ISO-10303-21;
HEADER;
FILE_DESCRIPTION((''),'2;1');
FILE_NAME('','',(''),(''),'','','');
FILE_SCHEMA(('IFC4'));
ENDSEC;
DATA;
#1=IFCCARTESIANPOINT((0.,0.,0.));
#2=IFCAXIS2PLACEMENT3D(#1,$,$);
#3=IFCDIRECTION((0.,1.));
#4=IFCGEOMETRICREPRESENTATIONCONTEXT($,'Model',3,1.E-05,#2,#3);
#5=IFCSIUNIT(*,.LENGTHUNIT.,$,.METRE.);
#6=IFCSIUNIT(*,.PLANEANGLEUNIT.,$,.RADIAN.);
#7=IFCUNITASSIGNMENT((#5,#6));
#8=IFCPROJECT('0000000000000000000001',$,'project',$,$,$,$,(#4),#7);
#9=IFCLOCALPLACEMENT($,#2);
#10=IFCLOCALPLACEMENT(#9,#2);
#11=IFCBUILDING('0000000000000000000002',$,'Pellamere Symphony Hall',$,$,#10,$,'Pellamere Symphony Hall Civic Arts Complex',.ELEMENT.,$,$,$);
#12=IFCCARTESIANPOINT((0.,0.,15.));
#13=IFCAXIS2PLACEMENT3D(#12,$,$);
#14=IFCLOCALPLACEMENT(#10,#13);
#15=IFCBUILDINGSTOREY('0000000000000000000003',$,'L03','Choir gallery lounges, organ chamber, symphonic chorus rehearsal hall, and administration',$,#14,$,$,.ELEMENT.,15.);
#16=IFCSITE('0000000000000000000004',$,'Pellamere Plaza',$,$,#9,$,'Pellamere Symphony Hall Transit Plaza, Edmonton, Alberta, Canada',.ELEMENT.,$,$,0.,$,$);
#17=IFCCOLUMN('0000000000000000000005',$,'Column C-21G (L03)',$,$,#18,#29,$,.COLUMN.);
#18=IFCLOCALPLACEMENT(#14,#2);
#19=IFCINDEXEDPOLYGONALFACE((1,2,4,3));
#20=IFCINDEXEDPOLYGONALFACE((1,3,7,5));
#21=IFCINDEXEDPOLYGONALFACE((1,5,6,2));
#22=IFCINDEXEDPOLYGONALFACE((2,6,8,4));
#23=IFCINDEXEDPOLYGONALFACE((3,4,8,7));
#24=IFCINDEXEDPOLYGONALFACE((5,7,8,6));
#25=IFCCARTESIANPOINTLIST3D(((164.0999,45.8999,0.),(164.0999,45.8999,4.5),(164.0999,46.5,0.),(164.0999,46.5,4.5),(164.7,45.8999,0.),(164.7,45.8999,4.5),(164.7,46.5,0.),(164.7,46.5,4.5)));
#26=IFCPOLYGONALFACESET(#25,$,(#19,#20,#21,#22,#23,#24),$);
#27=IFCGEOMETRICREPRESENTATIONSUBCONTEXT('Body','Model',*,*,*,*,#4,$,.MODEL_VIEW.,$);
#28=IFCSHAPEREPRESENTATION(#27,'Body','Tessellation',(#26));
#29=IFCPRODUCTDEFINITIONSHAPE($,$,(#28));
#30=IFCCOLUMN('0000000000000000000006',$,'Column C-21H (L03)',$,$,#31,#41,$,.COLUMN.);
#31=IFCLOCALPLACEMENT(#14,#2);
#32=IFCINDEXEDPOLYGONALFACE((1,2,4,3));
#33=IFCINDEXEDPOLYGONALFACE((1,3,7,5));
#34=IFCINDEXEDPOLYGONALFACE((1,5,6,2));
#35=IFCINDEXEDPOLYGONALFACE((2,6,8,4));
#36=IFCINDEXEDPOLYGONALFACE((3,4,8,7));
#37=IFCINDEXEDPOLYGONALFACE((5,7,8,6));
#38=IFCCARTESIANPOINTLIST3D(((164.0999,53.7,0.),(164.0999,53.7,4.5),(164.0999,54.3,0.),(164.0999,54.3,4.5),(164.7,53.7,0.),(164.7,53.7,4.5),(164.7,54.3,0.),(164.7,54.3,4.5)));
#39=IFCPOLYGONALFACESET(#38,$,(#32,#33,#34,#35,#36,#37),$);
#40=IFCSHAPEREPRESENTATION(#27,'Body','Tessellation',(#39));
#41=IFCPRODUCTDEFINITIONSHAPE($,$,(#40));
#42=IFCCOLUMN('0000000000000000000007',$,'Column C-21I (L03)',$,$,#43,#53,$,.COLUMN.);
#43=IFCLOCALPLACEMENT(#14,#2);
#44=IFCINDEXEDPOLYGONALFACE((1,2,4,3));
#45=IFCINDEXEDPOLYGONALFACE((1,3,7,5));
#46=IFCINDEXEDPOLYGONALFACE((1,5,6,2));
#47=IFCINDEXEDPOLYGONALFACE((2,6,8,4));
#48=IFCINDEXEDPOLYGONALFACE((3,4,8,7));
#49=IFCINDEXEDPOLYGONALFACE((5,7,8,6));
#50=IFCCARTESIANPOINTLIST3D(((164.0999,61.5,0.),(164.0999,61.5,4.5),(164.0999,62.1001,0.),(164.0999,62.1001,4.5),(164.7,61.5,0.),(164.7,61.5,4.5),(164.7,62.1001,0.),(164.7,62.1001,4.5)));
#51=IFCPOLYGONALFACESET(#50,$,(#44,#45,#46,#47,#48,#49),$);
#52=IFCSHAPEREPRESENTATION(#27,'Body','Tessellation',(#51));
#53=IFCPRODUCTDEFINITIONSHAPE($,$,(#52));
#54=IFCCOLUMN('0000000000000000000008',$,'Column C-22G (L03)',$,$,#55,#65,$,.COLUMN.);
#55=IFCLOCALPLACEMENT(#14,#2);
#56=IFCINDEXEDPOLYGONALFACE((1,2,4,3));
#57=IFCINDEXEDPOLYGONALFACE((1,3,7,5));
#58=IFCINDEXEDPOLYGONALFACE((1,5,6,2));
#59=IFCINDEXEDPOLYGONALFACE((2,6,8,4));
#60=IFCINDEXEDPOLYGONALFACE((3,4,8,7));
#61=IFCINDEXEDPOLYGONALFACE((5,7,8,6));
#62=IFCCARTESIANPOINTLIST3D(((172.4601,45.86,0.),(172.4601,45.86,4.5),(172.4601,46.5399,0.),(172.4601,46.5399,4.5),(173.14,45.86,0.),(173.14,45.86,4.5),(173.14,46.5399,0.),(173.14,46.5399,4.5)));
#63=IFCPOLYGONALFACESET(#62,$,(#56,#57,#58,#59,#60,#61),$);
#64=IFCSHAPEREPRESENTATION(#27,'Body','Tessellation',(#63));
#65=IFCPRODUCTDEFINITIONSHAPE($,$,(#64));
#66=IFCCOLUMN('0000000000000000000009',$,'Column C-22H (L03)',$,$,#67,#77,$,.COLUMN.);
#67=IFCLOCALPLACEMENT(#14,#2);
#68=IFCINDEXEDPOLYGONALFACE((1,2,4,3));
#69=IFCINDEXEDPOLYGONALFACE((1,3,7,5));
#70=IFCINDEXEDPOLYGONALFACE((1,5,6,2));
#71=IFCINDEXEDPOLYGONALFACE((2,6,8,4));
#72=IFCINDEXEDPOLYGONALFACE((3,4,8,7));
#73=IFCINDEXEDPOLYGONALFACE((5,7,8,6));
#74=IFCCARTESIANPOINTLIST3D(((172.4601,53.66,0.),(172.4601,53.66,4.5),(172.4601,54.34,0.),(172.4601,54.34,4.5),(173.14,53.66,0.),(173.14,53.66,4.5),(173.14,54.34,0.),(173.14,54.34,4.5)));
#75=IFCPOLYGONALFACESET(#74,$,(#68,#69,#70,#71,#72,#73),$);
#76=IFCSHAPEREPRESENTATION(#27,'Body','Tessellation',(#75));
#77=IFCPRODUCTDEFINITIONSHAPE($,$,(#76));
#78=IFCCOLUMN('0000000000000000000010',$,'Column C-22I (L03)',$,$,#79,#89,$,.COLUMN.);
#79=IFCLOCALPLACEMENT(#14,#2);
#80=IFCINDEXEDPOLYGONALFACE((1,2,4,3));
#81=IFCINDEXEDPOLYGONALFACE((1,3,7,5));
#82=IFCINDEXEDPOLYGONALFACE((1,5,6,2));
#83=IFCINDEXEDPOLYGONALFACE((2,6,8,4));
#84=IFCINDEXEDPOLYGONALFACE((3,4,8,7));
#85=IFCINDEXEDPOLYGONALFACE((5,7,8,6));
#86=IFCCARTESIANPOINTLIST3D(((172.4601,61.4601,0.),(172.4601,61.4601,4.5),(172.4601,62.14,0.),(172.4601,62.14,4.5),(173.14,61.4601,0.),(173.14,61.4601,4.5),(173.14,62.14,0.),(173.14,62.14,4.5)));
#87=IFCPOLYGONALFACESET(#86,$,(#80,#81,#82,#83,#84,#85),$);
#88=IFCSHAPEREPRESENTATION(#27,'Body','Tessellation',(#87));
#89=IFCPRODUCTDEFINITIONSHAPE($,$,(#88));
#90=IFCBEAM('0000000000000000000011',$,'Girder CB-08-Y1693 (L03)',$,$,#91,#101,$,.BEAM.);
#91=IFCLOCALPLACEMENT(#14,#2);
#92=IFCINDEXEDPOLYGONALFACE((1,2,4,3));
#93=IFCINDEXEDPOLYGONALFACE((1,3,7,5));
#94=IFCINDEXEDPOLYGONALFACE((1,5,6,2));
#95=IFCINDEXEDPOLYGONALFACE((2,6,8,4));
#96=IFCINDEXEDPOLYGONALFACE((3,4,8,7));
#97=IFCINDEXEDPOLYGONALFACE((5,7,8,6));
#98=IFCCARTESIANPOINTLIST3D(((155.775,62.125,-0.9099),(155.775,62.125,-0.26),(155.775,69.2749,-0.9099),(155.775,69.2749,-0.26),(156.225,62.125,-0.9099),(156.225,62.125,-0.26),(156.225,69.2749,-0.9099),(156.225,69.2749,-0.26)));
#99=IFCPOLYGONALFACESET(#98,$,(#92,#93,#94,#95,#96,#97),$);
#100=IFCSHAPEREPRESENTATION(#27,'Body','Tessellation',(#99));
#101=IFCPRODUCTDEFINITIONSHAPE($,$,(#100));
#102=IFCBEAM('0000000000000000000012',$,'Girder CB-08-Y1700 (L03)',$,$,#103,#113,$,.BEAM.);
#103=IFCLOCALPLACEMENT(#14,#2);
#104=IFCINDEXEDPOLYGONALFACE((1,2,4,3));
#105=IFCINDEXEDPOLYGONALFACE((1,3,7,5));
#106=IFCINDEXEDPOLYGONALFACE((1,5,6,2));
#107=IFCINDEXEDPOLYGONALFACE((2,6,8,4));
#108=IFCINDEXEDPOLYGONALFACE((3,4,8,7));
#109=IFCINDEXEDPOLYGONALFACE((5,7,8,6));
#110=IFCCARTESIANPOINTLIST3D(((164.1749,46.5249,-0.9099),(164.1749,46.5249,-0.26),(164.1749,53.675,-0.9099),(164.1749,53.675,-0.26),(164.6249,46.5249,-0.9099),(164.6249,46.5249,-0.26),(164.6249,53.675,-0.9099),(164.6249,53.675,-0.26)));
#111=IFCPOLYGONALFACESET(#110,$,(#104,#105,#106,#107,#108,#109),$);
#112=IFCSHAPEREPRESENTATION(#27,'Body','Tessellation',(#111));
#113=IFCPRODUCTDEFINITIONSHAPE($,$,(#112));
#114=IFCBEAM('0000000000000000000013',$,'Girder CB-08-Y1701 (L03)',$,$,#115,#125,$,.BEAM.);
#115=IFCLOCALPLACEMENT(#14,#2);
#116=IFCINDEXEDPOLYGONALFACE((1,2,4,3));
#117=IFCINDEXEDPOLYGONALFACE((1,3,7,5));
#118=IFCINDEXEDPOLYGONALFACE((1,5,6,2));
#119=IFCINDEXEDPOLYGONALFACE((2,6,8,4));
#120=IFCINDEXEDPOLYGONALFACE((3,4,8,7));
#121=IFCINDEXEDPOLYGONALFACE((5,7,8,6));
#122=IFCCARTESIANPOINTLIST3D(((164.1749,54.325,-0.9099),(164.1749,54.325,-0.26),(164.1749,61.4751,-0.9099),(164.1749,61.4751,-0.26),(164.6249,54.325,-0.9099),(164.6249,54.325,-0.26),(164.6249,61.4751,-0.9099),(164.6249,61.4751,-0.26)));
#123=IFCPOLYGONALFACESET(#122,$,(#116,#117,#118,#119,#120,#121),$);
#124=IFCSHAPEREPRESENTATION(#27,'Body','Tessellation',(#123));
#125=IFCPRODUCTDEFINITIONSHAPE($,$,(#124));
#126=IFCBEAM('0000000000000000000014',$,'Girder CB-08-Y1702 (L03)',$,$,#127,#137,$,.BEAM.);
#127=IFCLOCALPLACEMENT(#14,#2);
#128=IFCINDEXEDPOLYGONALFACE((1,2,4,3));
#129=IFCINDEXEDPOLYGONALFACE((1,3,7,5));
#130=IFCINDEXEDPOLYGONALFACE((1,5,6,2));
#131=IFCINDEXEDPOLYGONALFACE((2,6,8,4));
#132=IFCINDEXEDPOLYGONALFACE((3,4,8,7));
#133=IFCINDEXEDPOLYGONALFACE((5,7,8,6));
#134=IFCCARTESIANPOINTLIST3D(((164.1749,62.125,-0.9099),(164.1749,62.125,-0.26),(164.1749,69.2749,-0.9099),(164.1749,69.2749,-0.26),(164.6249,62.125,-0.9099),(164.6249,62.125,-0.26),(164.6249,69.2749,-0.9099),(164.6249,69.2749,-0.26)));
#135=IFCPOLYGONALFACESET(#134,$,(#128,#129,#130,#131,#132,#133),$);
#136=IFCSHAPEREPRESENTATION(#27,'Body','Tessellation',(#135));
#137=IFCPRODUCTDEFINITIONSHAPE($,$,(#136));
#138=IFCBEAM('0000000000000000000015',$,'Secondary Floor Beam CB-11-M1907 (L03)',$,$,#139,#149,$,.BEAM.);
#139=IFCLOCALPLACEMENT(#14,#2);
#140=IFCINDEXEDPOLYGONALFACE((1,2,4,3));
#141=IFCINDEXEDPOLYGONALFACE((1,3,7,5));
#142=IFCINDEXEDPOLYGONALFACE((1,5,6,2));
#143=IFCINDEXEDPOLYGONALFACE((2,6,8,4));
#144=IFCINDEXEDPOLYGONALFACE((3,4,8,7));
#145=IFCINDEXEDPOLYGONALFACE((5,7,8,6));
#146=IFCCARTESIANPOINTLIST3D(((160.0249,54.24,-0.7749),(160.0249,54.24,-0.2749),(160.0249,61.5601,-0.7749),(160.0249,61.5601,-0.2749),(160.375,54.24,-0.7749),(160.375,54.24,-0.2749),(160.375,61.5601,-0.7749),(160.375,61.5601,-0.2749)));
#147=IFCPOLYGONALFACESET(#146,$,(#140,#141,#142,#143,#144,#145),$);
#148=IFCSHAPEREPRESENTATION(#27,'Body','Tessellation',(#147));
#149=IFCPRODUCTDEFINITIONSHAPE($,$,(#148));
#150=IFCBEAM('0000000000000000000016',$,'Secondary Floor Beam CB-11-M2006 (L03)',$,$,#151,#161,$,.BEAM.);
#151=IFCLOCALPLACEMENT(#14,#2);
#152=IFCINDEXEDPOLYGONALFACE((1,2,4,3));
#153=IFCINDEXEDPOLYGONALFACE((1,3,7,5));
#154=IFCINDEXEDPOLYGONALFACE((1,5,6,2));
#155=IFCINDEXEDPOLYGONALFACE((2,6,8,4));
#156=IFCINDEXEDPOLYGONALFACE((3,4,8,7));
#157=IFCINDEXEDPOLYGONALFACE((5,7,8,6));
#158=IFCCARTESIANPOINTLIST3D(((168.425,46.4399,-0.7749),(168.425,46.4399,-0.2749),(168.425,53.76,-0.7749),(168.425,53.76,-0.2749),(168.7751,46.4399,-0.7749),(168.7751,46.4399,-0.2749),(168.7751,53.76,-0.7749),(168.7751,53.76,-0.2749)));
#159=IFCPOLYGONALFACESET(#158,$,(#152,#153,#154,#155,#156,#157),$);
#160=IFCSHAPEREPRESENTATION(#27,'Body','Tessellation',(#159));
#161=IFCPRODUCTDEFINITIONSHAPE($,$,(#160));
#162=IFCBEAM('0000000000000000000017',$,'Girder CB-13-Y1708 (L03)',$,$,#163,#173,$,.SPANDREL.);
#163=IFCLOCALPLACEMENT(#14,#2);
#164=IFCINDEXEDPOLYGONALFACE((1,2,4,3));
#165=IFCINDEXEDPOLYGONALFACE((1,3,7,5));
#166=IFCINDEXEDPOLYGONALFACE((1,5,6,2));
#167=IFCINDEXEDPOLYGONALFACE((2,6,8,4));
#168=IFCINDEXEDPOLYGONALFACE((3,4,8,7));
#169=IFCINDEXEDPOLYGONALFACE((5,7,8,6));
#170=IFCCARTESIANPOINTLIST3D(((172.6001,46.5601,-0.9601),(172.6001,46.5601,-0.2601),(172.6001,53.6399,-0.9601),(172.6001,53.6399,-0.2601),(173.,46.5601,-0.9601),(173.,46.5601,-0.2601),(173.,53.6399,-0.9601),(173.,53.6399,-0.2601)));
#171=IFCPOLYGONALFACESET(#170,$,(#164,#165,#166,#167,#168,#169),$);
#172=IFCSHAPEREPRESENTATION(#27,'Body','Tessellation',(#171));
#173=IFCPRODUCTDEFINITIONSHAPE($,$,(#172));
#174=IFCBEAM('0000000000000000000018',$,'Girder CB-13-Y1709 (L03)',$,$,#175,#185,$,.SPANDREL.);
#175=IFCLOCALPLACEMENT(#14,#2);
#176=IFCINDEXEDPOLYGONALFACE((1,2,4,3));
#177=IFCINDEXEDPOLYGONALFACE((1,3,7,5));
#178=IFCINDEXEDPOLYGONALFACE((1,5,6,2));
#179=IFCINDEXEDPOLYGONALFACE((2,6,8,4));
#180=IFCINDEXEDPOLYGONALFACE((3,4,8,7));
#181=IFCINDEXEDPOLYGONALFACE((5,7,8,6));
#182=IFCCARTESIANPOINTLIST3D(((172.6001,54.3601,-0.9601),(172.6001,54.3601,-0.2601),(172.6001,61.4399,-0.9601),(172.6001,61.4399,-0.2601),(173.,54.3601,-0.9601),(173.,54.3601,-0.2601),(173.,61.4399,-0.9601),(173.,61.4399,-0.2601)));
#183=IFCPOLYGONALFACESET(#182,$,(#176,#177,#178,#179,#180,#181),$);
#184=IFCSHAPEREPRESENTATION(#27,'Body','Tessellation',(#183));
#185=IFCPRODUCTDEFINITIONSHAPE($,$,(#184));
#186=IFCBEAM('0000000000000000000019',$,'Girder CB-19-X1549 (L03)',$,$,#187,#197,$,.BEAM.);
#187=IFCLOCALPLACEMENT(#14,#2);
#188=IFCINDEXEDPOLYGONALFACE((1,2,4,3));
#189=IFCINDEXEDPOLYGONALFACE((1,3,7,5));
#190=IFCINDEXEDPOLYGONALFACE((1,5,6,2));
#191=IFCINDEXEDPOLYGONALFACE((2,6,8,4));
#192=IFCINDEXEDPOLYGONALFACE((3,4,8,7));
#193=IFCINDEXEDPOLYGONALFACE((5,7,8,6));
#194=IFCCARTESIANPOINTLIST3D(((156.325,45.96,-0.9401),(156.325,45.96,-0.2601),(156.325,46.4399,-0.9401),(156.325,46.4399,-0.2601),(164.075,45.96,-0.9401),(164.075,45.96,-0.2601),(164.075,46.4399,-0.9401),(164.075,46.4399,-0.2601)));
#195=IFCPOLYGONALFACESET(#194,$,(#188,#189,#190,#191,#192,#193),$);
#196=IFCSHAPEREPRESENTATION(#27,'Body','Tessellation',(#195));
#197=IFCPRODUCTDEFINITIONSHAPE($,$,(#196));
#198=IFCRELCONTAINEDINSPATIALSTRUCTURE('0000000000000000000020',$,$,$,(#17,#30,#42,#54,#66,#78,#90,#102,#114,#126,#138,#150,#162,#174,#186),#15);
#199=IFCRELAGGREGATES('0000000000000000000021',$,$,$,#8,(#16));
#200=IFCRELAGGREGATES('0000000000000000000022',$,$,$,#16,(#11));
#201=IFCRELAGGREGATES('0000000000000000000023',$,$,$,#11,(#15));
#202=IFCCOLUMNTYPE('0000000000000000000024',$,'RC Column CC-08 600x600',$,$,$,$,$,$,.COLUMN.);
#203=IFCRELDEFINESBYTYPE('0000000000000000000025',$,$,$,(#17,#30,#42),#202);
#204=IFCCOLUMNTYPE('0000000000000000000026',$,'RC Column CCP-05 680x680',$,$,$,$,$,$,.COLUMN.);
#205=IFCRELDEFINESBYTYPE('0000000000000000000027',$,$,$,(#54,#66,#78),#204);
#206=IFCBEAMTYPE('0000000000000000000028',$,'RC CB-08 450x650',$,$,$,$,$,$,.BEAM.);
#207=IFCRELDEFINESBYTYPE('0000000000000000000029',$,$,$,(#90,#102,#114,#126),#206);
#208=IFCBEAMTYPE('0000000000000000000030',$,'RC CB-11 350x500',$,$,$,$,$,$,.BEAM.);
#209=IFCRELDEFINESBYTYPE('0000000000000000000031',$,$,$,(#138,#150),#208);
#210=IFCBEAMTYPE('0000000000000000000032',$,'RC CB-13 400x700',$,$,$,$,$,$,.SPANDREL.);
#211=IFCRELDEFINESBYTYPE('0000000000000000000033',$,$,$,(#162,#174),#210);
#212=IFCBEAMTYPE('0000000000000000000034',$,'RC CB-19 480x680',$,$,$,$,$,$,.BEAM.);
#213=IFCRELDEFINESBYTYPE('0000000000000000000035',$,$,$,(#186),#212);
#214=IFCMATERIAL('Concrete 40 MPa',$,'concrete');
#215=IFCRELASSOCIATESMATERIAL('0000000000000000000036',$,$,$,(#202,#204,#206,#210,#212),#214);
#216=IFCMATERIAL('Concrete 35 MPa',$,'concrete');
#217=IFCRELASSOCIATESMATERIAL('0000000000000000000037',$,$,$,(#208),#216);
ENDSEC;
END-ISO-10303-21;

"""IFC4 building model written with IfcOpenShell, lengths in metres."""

from ifc_helpers import new_model, si_unit, direction, frame, origin, origin_2d, place, context, subcontext, project, spatial, rectangle, extrude, material, material_profile, profile_set, type_object, element, save


model = new_model("IFC4")

# Units and contexts
model_context = context("Model", 3, precision=1e-05, world=origin(), true_north=direction((0.0, 1.0)))
body_context = subcontext(model_context, "Body", "Model", "MODEL_VIEW")
ifc_project = project(units=[si_unit("LENGTHUNIT", "METRE"), si_unit("PLANEANGLEUNIT", "RADIAN")], contexts=[model_context])

# Site, building, storey
site_placement = place(None, origin())
site = spatial("IfcSite", under=ifc_project, at=site_placement, Name="Pellamere Plaza", LongName="Pellamere Symphony Hall Transit Plaza, Edmonton, Alberta, Canada", CompositionType="ELEMENT", RefElevation=0.0)
building_placement = place(site_placement, origin())
building = spatial("IfcBuilding", under=site, at=building_placement, Name="Pellamere Symphony Hall", LongName="Pellamere Symphony Hall Civic Arts Complex", CompositionType="ELEMENT")
storey_placement = place(building_placement, frame((0.0, 0.0, 15.0)))
storey = spatial("IfcBuildingStorey", under=building, at=storey_placement, Name="L03", Description="Choir gallery lounges, organ chamber, symphonic chorus rehearsal hall, and administration", CompositionType="ELEMENT", Elevation=15.0)

# Columns
ifc_material_1 = material(Name="Concrete 40 MPa", Category="concrete")
ifc_material_profile_1 = material_profile(ifc_material_1, rectangle(XDim=0.6001, YDim=0.6001, at=origin_2d()), Name="RC 600x600")
ifc_profile_set_1 = profile_set([ifc_material_profile_1], Name="Concrete 40 MPa")
column_type_1 = type_object("IfcColumnType", Name="RC Column CC-08 600x600", PredefinedType="COLUMN", material=ifc_profile_set_1)
for number, where, z_axis, x_axis, name in (
    (1, (164.3999, 46.2, 0.0), (0.0, 0.0, 1.0), (1.0, 0.0, 0.0), "Column C-21G (L03)"),
    (2, (164.3999, 54.0, 0.0), (0.0, 0.0, 1.0), (1.0, 0.0, 0.0), "Column C-21H (L03)"),
    (3, (164.3999, 61.8, 0.0), (0.0, 0.0, 1.0), (1.0, 0.0, 0.0), "Column C-21I (L03)"),
):
    element("IfcColumn", number, at=place(storey_placement, frame(where, z_axis=z_axis, x_axis=x_axis)), inside=storey, type_object=column_type_1, Name=name, PredefinedType="COLUMN", context=body_context, shape_type="SweptSolid", body=[
        extrude(rectangle(XDim=0.6001, YDim=0.6001, at=origin_2d()), origin(), (0.0, 0.0, 1.0), 4.5),
    ])
ifc_material_profile_2 = material_profile(ifc_material_1, rectangle(XDim=0.6799, YDim=0.6799, at=origin_2d()), Name="RC 680x680")
ifc_profile_set_2 = profile_set([ifc_material_profile_2], Name="Concrete 40 MPa")
column_type_2 = type_object("IfcColumnType", Name="RC Column CCP-05 680x680", PredefinedType="COLUMN", material=ifc_profile_set_2)
for number, where, z_axis, x_axis, name in (
    (4, (172.8, 46.2, 0.0), (0.0, 0.0, 1.0), (1.0, 0.0, 0.0), "Column C-22G (L03)"),
    (5, (172.8, 54.0, 0.0), (0.0, 0.0, 1.0), (1.0, 0.0, 0.0), "Column C-22H (L03)"),
    (6, (172.8, 61.8, 0.0), (0.0, 0.0, 1.0), (1.0, 0.0, 0.0), "Column C-22I (L03)"),
):
    element("IfcColumn", number, at=place(storey_placement, frame(where, z_axis=z_axis, x_axis=x_axis)), inside=storey, type_object=column_type_2, Name=name, PredefinedType="COLUMN", context=body_context, shape_type="SweptSolid", body=[
        extrude(rectangle(XDim=0.6799, YDim=0.6799, at=origin_2d()), origin(), (0.0, 0.0, 1.0), 4.5),
    ])

# Beams
ifc_material_profile_3 = material_profile(ifc_material_1, rectangle(XDim=0.45, YDim=0.6499, at=origin_2d()), Name="RC 450x650")
ifc_profile_set_3 = profile_set([ifc_material_profile_3], Name="Concrete 40 MPa")
beam_type_1 = type_object("IfcBeamType", Name="RC CB-08 450x650", PredefinedType="BEAM", material=ifc_profile_set_3)
beam_1_placement = place(storey_placement, frame((156.0, 62.125, -0.585), z_axis=(0.0, 1.0, 0.0), x_axis=(-1.0, 0.0, 0.0)))
element("IfcBeam", 7, at=beam_1_placement, inside=storey, type_object=beam_type_1, Name="Girder CB-08-Y1693 (L03)", PredefinedType="BEAM", context=body_context, shape_type="SweptSolid", body=[
    extrude(rectangle(XDim=0.45, YDim=0.6499, at=origin_2d()), origin(), (0.0, 0.0, 1.0), 7.1499),
])
for number, where, z_axis, x_axis, name in (
    (8, (164.3999, 46.5249, -0.585), (0.0, 1.0, 0.0), (-1.0, 0.0, 0.0), "Girder CB-08-Y1700 (L03)"),
    (9, (164.3999, 54.325, -0.585), (0.0, 1.0, 0.0), (-1.0, 0.0, 0.0), "Girder CB-08-Y1701 (L03)"),
):
    element("IfcBeam", number, at=place(storey_placement, frame(where, z_axis=z_axis, x_axis=x_axis)), inside=storey, type_object=beam_type_1, Name=name, PredefinedType="BEAM", context=body_context, shape_type="SweptSolid", body=[
        extrude(rectangle(XDim=0.45, YDim=0.6499, at=origin_2d()), origin(), (0.0, 0.0, 1.0), 7.1501),
    ])
beam_2_placement = place(storey_placement, frame((164.3999, 62.125, -0.585), z_axis=(0.0, 1.0, 0.0), x_axis=(-1.0, 0.0, 0.0)))
element("IfcBeam", 10, at=beam_2_placement, inside=storey, type_object=beam_type_1, Name="Girder CB-08-Y1702 (L03)", PredefinedType="BEAM", context=body_context, shape_type="SweptSolid", body=[
    extrude(rectangle(XDim=0.45, YDim=0.6499, at=origin_2d()), origin(), (0.0, 0.0, 1.0), 7.1499),
])
ifc_material_2 = material(Name="Concrete 35 MPa", Category="concrete")
ifc_material_profile_4 = material_profile(ifc_material_2, rectangle(XDim=0.3501, YDim=0.5, at=origin_2d()), Name="RC 350x500")
ifc_profile_set_4 = profile_set([ifc_material_profile_4], Name="Concrete 35 MPa")
beam_type_2 = type_object("IfcBeamType", Name="RC CB-11 350x500", PredefinedType="BEAM", material=ifc_profile_set_4)
for number, where, z_axis, x_axis, name in (
    (11, (160.2, 54.24, -0.5249), (0.0, 1.0, 0.0), (-1.0, 0.0, 0.0), "Secondary Floor Beam CB-11-M1907 (L03)"),
    (12, (168.6001, 46.4399, -0.5249), (0.0, 1.0, 0.0), (-1.0, 0.0, 0.0), "Secondary Floor Beam CB-11-M2006 (L03)"),
):
    element("IfcBeam", number, at=place(storey_placement, frame(where, z_axis=z_axis, x_axis=x_axis)), inside=storey, type_object=beam_type_2, Name=name, PredefinedType="BEAM", context=body_context, shape_type="SweptSolid", body=[
        extrude(rectangle(XDim=0.3501, YDim=0.5, at=origin_2d()), origin(), (0.0, 0.0, 1.0), 7.3201),
    ])
ifc_material_profile_5 = material_profile(ifc_material_1, rectangle(XDim=0.3999, YDim=0.7, at=origin_2d()), Name="RC 400x700")
ifc_profile_set_5 = profile_set([ifc_material_profile_5], Name="Concrete 40 MPa")
beam_type_3 = type_object("IfcBeamType", Name="RC CB-13 400x700", PredefinedType="SPANDREL", material=ifc_profile_set_5)
for number, where, z_axis, x_axis, name in (
    (13, (172.8, 46.5601, -0.6101), (0.0, 1.0, 0.0), (-1.0, 0.0, 0.0), "Girder CB-13-Y1708 (L03)"),
    (14, (172.8, 54.3601, -0.6101), (0.0, 1.0, 0.0), (-1.0, 0.0, 0.0), "Girder CB-13-Y1709 (L03)"),
):
    element("IfcBeam", number, at=place(storey_placement, frame(where, z_axis=z_axis, x_axis=x_axis)), inside=storey, type_object=beam_type_3, Name=name, PredefinedType="SPANDREL", context=body_context, shape_type="SweptSolid", body=[
        extrude(rectangle(XDim=0.3999, YDim=0.7, at=origin_2d()), origin(), (0.0, 0.0, 1.0), 7.0798),
    ])
ifc_material_profile_6 = material_profile(ifc_material_1, rectangle(XDim=0.48, YDim=0.6799, at=origin_2d()), Name="RC 480x680")
ifc_profile_set_6 = profile_set([ifc_material_profile_6], Name="Concrete 40 MPa")
beam_type_4 = type_object("IfcBeamType", Name="RC CB-19 480x680", PredefinedType="BEAM", material=ifc_profile_set_6)
beam_3_placement = place(storey_placement, frame((156.325, 46.2, -0.6001), z_axis=(1.0, 0.0, 0.0), x_axis=(0.0, 1.0, 0.0)))
element("IfcBeam", 15, at=beam_3_placement, inside=storey, type_object=beam_type_4, Name="Girder CB-19-X1549 (L03)", PredefinedType="BEAM", context=body_context, shape_type="SweptSolid", body=[
    extrude(rectangle(XDim=0.48, YDim=0.6799, at=origin_2d()), origin(), (0.0, 0.0, 1.0), 7.75),
])

save(model, "model.ifc")
